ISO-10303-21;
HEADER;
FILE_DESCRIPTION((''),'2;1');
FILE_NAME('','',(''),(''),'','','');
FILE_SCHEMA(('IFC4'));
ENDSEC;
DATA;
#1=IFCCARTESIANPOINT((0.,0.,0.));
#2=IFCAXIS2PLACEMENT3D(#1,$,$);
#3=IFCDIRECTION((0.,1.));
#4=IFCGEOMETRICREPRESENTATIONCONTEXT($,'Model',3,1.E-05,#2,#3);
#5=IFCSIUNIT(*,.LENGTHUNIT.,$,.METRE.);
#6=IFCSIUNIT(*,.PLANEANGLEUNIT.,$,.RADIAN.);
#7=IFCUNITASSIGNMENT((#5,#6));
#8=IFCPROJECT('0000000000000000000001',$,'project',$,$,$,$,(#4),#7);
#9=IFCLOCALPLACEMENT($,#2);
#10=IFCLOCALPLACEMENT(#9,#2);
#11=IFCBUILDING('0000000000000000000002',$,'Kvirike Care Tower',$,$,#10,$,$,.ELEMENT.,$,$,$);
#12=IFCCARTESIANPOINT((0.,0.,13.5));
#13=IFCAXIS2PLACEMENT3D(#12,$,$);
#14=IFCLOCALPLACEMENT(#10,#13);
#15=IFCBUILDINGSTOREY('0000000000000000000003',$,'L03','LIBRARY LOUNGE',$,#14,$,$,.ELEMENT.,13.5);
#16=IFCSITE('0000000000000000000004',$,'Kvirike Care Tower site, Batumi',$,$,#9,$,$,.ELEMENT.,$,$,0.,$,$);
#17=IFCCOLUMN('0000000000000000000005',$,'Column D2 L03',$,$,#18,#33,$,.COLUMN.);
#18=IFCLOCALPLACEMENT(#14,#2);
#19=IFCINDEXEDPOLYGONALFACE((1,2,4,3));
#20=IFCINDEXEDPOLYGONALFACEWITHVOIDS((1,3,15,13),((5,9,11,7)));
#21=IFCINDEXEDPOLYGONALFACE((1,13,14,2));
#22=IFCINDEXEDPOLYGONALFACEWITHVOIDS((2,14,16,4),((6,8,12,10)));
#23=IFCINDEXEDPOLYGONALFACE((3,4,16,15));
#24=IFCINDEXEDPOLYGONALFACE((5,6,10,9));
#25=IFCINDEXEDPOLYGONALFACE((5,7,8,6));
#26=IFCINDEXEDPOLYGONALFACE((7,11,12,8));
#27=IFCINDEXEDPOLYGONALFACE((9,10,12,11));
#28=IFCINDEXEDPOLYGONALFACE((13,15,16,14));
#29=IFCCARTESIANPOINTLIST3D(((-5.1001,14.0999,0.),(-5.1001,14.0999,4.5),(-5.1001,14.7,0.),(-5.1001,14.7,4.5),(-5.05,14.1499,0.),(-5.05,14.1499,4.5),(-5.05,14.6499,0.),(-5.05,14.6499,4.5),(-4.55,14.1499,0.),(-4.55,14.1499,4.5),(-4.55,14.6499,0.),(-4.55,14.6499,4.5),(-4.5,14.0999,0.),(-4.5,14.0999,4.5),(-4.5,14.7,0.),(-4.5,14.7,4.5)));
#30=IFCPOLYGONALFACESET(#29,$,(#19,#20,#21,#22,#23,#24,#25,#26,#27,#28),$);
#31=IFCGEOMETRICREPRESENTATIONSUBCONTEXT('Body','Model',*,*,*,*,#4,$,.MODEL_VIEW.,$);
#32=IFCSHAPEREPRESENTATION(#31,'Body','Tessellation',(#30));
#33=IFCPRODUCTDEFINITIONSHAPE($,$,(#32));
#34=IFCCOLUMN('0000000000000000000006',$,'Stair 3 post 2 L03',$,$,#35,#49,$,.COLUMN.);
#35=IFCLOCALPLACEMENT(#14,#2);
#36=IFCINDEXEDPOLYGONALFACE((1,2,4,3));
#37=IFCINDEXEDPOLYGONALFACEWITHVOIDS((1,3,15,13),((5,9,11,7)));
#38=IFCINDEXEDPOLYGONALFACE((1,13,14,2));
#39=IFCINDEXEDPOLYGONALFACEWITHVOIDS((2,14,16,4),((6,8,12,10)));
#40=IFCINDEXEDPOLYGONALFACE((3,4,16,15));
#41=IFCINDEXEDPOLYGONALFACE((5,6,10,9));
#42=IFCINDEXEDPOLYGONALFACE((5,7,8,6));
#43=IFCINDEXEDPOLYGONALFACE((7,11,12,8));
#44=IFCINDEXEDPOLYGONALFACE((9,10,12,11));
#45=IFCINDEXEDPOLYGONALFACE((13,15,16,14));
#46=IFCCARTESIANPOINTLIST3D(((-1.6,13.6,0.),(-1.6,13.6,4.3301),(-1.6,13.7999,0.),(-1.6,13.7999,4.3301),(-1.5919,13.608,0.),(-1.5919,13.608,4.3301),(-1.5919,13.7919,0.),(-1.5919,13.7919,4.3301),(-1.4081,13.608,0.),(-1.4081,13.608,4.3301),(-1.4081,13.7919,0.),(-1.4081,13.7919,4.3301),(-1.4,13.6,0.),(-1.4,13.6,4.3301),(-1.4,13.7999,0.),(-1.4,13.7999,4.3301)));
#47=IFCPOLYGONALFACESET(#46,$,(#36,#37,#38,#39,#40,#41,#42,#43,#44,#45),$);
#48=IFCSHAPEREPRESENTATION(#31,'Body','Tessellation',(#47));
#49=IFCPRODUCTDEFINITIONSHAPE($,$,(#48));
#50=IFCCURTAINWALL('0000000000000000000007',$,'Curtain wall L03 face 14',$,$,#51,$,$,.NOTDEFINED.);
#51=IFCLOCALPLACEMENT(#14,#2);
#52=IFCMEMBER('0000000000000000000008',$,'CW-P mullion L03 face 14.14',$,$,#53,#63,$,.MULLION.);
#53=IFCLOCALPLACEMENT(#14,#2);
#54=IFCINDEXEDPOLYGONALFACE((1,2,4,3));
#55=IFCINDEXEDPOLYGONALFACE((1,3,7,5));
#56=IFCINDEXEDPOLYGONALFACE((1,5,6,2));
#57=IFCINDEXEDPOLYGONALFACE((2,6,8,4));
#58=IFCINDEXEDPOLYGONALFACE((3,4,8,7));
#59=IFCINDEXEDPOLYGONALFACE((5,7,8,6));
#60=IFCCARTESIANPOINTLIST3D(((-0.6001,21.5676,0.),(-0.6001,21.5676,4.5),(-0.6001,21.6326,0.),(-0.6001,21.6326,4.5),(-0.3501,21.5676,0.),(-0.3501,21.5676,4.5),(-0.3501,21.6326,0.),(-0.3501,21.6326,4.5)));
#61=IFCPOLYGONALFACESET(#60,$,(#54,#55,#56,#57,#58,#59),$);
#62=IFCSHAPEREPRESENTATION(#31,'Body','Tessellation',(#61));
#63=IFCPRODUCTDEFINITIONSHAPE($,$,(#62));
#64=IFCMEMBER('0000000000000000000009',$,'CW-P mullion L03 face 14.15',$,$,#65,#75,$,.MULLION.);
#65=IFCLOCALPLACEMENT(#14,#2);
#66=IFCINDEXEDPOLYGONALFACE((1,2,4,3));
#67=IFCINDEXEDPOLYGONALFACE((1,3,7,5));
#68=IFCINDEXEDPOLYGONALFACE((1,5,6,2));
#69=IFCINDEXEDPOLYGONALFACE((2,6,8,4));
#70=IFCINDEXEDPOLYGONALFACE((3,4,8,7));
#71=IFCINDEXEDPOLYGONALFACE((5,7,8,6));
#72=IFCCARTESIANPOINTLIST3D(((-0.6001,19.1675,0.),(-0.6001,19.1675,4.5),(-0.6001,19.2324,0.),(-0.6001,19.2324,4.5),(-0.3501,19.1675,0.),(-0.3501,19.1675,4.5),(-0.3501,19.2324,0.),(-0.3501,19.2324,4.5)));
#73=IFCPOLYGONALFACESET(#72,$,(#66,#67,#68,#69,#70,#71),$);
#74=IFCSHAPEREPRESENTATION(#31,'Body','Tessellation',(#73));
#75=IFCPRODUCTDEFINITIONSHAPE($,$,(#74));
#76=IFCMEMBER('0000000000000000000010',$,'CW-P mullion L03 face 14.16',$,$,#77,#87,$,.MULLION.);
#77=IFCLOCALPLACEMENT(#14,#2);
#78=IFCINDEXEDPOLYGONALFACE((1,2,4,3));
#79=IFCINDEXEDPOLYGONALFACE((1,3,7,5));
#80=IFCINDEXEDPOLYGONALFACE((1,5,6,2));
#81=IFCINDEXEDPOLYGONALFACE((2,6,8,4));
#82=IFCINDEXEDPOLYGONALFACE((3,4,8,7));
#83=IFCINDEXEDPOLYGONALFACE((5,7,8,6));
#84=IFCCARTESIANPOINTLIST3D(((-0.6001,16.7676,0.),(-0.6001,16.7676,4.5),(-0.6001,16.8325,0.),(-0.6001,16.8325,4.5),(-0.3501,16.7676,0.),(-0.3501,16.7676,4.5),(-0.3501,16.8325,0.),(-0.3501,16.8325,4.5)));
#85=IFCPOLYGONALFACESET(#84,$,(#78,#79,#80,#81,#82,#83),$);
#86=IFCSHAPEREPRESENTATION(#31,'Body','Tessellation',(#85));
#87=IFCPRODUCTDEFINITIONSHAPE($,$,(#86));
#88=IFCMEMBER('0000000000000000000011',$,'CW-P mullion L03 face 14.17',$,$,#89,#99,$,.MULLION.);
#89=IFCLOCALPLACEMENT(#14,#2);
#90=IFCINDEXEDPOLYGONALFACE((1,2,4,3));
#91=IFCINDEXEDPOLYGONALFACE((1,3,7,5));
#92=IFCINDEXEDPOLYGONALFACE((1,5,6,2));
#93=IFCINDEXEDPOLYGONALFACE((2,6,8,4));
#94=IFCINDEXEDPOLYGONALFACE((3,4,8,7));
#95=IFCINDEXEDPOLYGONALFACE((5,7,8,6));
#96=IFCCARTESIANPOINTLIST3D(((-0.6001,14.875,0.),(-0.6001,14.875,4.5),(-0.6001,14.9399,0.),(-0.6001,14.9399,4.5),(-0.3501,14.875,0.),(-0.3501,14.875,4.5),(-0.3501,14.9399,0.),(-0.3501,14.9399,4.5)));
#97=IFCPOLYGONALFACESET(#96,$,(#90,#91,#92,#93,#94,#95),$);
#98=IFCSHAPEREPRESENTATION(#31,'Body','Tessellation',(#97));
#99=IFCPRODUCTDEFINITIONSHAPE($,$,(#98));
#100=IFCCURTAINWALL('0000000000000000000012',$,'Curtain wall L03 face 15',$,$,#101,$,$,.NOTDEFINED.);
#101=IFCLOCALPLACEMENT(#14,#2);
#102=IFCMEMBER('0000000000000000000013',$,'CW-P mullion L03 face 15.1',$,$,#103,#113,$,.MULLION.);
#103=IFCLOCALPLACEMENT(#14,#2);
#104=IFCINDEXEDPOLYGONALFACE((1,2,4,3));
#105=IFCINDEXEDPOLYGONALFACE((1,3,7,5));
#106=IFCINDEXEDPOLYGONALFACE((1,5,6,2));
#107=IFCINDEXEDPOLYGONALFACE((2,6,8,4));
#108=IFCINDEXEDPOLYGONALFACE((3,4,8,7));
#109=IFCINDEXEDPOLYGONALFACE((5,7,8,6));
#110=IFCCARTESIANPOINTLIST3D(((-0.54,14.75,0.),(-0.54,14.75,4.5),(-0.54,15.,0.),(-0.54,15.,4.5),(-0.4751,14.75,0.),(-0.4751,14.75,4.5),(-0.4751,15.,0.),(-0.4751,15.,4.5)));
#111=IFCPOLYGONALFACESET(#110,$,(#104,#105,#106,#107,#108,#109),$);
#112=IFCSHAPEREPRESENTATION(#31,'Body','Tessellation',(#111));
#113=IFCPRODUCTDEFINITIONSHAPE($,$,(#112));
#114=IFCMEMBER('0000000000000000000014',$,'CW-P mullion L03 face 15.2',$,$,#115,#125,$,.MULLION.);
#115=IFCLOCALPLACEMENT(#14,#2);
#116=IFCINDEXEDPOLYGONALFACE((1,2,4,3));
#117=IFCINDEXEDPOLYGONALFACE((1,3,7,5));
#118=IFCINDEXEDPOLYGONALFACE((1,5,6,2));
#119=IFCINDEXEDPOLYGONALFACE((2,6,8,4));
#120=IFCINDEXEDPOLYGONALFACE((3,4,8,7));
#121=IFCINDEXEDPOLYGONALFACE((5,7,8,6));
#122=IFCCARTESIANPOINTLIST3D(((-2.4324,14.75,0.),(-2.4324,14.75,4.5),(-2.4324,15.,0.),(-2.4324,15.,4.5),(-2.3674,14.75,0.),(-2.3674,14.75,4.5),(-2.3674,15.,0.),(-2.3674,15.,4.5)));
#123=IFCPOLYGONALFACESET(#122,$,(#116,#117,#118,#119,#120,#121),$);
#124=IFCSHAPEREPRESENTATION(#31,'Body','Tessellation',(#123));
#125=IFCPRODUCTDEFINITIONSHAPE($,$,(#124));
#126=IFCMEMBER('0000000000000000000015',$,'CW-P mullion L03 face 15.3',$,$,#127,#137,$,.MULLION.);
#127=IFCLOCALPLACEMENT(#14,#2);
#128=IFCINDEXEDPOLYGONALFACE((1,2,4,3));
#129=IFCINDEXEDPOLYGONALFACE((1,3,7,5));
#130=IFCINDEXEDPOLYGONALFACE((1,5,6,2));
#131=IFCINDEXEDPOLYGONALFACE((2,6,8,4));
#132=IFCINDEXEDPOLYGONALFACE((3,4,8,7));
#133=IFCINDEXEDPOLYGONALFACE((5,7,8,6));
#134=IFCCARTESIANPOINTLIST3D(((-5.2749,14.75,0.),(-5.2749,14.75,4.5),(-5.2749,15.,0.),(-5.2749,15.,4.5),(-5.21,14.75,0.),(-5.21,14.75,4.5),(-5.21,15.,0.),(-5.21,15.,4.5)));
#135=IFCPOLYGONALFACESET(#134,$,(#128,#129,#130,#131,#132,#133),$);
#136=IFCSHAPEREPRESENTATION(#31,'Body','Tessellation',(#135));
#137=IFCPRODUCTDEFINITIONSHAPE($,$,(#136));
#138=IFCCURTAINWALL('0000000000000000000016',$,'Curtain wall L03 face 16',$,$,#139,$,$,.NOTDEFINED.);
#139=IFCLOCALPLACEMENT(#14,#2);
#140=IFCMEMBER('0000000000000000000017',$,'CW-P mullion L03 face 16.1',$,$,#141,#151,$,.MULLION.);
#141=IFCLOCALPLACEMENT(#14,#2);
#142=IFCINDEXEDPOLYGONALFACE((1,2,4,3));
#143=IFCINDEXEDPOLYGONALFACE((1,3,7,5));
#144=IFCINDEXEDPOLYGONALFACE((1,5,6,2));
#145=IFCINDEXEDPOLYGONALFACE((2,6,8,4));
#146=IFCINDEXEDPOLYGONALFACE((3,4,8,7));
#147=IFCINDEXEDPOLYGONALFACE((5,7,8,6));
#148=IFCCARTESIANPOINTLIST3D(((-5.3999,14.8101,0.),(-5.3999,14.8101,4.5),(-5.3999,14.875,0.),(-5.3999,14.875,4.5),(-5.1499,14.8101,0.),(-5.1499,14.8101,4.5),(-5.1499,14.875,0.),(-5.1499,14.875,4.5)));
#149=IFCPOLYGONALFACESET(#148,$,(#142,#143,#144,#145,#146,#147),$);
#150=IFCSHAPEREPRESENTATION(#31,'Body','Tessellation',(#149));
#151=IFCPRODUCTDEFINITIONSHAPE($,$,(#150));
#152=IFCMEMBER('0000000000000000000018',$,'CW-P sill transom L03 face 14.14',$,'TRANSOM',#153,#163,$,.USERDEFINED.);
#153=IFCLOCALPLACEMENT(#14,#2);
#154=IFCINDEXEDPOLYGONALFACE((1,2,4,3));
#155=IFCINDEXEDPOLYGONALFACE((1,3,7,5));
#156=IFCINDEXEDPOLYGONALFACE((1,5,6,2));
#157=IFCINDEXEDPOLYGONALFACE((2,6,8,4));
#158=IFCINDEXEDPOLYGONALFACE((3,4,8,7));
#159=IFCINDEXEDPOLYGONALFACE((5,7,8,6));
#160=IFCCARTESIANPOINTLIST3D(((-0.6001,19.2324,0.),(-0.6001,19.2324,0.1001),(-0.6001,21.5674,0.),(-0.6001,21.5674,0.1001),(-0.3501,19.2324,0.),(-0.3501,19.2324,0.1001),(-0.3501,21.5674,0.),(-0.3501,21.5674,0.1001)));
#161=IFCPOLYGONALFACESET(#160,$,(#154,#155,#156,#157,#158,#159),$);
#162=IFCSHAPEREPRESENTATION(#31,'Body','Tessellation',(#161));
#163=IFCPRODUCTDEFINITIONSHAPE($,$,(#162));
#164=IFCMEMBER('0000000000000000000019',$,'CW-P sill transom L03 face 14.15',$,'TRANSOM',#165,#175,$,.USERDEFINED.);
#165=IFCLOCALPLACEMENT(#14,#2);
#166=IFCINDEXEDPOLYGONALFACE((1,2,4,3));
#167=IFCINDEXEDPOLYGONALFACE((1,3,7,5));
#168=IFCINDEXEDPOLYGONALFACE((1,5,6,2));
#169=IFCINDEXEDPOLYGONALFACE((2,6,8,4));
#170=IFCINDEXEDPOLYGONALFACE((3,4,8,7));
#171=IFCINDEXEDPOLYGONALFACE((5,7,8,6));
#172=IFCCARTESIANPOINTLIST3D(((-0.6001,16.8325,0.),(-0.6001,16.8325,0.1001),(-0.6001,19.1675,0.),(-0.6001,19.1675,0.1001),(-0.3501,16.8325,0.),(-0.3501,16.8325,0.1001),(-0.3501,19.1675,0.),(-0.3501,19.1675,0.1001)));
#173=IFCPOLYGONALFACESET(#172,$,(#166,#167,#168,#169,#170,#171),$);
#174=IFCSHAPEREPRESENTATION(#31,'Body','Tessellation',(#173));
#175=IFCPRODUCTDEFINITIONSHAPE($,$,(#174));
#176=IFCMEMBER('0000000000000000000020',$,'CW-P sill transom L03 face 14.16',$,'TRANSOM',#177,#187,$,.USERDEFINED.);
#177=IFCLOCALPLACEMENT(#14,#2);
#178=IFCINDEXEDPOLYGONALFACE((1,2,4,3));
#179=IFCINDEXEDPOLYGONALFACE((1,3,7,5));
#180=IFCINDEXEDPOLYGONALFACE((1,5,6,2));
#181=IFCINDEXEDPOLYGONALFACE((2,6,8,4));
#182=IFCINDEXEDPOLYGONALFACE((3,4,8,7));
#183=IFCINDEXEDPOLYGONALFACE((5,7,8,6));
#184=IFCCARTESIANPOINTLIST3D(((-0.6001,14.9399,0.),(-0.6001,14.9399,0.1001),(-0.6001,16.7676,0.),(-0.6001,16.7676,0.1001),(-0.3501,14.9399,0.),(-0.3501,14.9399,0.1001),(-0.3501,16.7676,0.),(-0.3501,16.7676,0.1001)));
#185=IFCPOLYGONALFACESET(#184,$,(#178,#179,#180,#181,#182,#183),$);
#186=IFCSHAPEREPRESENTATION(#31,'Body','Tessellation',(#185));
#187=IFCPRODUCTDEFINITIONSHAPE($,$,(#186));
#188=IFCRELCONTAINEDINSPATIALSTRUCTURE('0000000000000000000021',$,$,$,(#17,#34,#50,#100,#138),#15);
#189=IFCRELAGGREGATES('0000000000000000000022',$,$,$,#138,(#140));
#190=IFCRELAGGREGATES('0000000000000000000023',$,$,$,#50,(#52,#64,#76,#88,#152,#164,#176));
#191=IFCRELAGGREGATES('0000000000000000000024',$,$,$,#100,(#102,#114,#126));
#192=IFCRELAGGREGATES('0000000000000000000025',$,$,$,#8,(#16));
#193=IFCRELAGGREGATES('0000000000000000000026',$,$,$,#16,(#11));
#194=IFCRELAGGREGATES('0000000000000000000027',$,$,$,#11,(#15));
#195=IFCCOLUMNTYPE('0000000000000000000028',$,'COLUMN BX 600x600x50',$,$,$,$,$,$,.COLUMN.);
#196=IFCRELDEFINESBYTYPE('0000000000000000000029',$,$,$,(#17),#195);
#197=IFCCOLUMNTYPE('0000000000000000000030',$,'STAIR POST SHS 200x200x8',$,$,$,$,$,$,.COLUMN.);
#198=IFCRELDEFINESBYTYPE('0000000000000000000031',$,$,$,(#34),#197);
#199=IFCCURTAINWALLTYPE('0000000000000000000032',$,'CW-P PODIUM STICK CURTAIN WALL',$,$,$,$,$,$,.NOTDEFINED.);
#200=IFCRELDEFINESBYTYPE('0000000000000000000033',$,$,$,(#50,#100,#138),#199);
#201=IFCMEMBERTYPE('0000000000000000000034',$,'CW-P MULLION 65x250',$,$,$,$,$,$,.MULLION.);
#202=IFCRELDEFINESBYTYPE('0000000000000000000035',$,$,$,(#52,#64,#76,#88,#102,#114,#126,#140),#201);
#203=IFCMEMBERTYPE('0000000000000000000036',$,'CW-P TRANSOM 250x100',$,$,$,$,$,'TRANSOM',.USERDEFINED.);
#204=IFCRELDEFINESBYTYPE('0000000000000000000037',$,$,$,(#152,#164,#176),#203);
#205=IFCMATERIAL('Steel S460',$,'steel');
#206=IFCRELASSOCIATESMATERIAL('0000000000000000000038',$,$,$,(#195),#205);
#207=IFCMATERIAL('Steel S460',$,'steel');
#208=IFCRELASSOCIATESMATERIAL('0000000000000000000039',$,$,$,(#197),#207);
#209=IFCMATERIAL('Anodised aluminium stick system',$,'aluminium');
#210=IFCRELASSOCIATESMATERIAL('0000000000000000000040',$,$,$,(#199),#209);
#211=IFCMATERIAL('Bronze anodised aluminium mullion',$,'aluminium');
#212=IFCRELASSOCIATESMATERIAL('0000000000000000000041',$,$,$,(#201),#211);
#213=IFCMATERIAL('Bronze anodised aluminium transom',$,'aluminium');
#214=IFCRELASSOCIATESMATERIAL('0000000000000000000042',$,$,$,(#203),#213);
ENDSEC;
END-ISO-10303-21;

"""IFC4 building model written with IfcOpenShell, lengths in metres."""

from ifc_helpers import new_model, si_unit, direction, frame, origin, origin_2d, place, context, subcontext, project, spatial, rectangle, hollow_rectangle, extrude, material, material_profile, profile_set, type_object, element, aggregate, save


model = new_model("IFC4")

# Units and contexts
model_context = context("Model", 3, precision=1e-05, world=origin(), true_north=direction((0.0, 1.0)))
body_context = subcontext(model_context, "Body", "Model", "MODEL_VIEW")
ifc_project = project(units=[si_unit("LENGTHUNIT", "METRE"), si_unit("PLANEANGLEUNIT", "RADIAN")], contexts=[model_context])

# Site, building, storey
site_placement = place(None, origin())
site = spatial("IfcSite", under=ifc_project, at=site_placement, Name="Kvirike Care Tower site, Batumi", CompositionType="ELEMENT", RefElevation=0.0)
building_placement = place(site_placement, origin())
building = spatial("IfcBuilding", under=site, at=building_placement, Name="Kvirike Care Tower", CompositionType="ELEMENT")
storey_placement = place(building_placement, frame((0.0, 0.0, 13.5)))
storey = spatial("IfcBuildingStorey", under=building, at=storey_placement, Name="L03", Description="LIBRARY LOUNGE", CompositionType="ELEMENT", Elevation=13.5)

# Columns
ifc_material_1 = material(Name="Steel S460", Category="steel")
ifc_material_profile_1 = material_profile(ifc_material_1, hollow_rectangle(XDim=0.6001, YDim=0.6001, WallThickness=0.05, at=origin_2d()), Name="BX 600x600x50")
ifc_profile_set_1 = profile_set([ifc_material_profile_1], Name="Steel S460")
column_type_1 = type_object("IfcColumnType", Name="COLUMN BX 600x600x50", PredefinedType="COLUMN", material=ifc_profile_set_1)
column_1_placement = place(storey_placement, frame((-4.8, 14.3999, 0.0), z_axis=(0.0, 0.0, 1.0), x_axis=(0.0, 1.0, 0.0)))
element("IfcColumn", 1, at=column_1_placement, inside=storey, type_object=column_type_1, Name="Column D2 L03", PredefinedType="COLUMN", context=body_context, shape_type="SweptSolid", body=[
    extrude(hollow_rectangle(XDim=0.6001, YDim=0.6001, WallThickness=0.05, at=origin_2d()), origin(), (0.0, 0.0, 1.0), 4.5),
])
ifc_material_2 = material(Name="Steel S460", Category="steel")
ifc_material_profile_2 = material_profile(ifc_material_2, hollow_rectangle(XDim=0.2, YDim=0.2, WallThickness=0.0081, at=origin_2d()), Name="SHS 200x200x8")
ifc_profile_set_2 = profile_set([ifc_material_profile_2], Name="Steel S460")
column_type_2 = type_object("IfcColumnType", Name="STAIR POST SHS 200x200x8", PredefinedType="COLUMN", material=ifc_profile_set_2)
column_2_placement = place(storey_placement, frame((-1.5, 13.7, 0.0), z_axis=(0.0, 0.0, 1.0), x_axis=(1.0, 0.0, 0.0)))
element("IfcColumn", 2, at=column_2_placement, inside=storey, type_object=column_type_2, Name="Stair 3 post 2 L03", PredefinedType="COLUMN", context=body_context, shape_type="SweptSolid", body=[
    extrude(hollow_rectangle(XDim=0.2, YDim=0.2, WallThickness=0.0081, at=origin_2d()), origin(), (0.0, 0.0, 1.0), 4.3301),
])

# Curtain walls, members
ifc_material_3 = material(Name="Anodised aluminium stick system", Category="aluminium")
curtain_wall_type = type_object("IfcCurtainWallType", Name="CW-P PODIUM STICK CURTAIN WALL", PredefinedType="NOTDEFINED", material=ifc_material_3)
curtain_wall_1_placement = place(storey_placement, origin())
curtain_wall_1 = element("IfcCurtainWall", 3, at=curtain_wall_1_placement, inside=storey, type_object=curtain_wall_type, Name="Curtain wall L03 face 14", PredefinedType="NOTDEFINED")
ifc_material_4 = material(Name="Bronze anodised aluminium mullion", Category="aluminium")
ifc_material_profile_3 = material_profile(ifc_material_4, rectangle(XDim=0.0649, YDim=0.25, at=origin_2d()), Name="CW-P MULLION 65x250")
ifc_profile_set_3 = profile_set([ifc_material_profile_3], Name="Bronze anodised aluminium mullion")
member_type_1 = type_object("IfcMemberType", Name="CW-P MULLION 65x250", PredefinedType="MULLION", material=ifc_profile_set_3)
member_1_placement = place(storey_placement, frame((-0.4751, 21.6001, 0.0), z_axis=(0.0, 0.0, 1.0), x_axis=(0.0, -1.0, 0.0)))
member_1 = element("IfcMember", 4, at=member_1_placement, type_object=member_type_1, Name="CW-P mullion L03 face 14.14", PredefinedType="MULLION", context=body_context, shape_type="SweptSolid", body=[
    extrude(rectangle(XDim=0.0649, YDim=0.25, at=origin_2d()), origin(), (0.0, 0.0, 1.0), 4.5),
])
member_2_placement = place(storey_placement, frame((-0.4751, 19.2, 0.0), z_axis=(0.0, 0.0, 1.0), x_axis=(0.0, -1.0, 0.0)))
member_2 = element("IfcMember", 5, at=member_2_placement, type_object=member_type_1, Name="CW-P mullion L03 face 14.15", PredefinedType="MULLION", context=body_context, shape_type="SweptSolid", body=[
    extrude(rectangle(XDim=0.0649, YDim=0.25, at=origin_2d()), origin(), (0.0, 0.0, 1.0), 4.5),
])
member_3_placement = place(storey_placement, frame((-0.4751, 16.8, 0.0), z_axis=(0.0, 0.0, 1.0), x_axis=(0.0, -1.0, 0.0)))
member_3 = element("IfcMember", 6, at=member_3_placement, type_object=member_type_1, Name="CW-P mullion L03 face 14.16", PredefinedType="MULLION", context=body_context, shape_type="SweptSolid", body=[
    extrude(rectangle(XDim=0.0649, YDim=0.25, at=origin_2d()), origin(), (0.0, 0.0, 1.0), 4.5),
])
member_4_placement = place(storey_placement, frame((-0.4751, 14.9075, 0.0), z_axis=(0.0, 0.0, 1.0), x_axis=(0.0, -1.0, 0.0)))
member_4 = element("IfcMember", 7, at=member_4_placement, type_object=member_type_1, Name="CW-P mullion L03 face 14.17", PredefinedType="MULLION", context=body_context, shape_type="SweptSolid", body=[
    extrude(rectangle(XDim=0.0649, YDim=0.25, at=origin_2d()), origin(), (0.0, 0.0, 1.0), 4.5),
])
curtain_wall_2_placement = place(storey_placement, origin())
curtain_wall_2 = element("IfcCurtainWall", 8, at=curtain_wall_2_placement, inside=storey, type_object=curtain_wall_type, Name="Curtain wall L03 face 15", PredefinedType="NOTDEFINED")
member_5_placement = place(storey_placement, frame((-0.5076, 14.875, 0.0), z_axis=(0.0, 0.0, 1.0), x_axis=(-1.0, 0.0, 0.0)))
member_5 = element("IfcMember", 9, at=member_5_placement, type_object=member_type_1, Name="CW-P mullion L03 face 15.1", PredefinedType="MULLION", context=body_context, shape_type="SweptSolid", body=[
    extrude(rectangle(XDim=0.0649, YDim=0.25, at=origin_2d()), origin(), (0.0, 0.0, 1.0), 4.5),
])
member_6_placement = place(storey_placement, frame((-2.3999, 14.875, 0.0), z_axis=(0.0, 0.0, 1.0), x_axis=(-1.0, 0.0, 0.0)))
member_6 = element("IfcMember", 10, at=member_6_placement, type_object=member_type_1, Name="CW-P mullion L03 face 15.2", PredefinedType="MULLION", context=body_context, shape_type="SweptSolid", body=[
    extrude(rectangle(XDim=0.0649, YDim=0.25, at=origin_2d()), origin(), (0.0, 0.0, 1.0), 4.5),
])
member_7_placement = place(storey_placement, frame((-5.2424, 14.875, 0.0), z_axis=(0.0, 0.0, 1.0), x_axis=(-1.0, 0.0, 0.0)))
member_7 = element("IfcMember", 11, at=member_7_placement, type_object=member_type_1, Name="CW-P mullion L03 face 15.3", PredefinedType="MULLION", context=body_context, shape_type="SweptSolid", body=[
    extrude(rectangle(XDim=0.0649, YDim=0.25, at=origin_2d()), origin(), (0.0, 0.0, 1.0), 4.5),
])

# Curtain wall, member
curtain_wall_3_placement = place(storey_placement, origin())
curtain_wall_3 = element("IfcCurtainWall", 12, at=curtain_wall_3_placement, inside=storey, type_object=curtain_wall_type, Name="Curtain wall L03 face 16", PredefinedType="NOTDEFINED")
member_8_placement = place(storey_placement, frame((-5.2749, 14.8425, 0.0), z_axis=(0.0, 0.0, 1.0), x_axis=(0.0, -1.0, 0.0)))
member_8 = element("IfcMember", 13, at=member_8_placement, type_object=member_type_1, Name="CW-P mullion L03 face 16.1", PredefinedType="MULLION", context=body_context, shape_type="SweptSolid", body=[
    extrude(rectangle(XDim=0.0649, YDim=0.25, at=origin_2d()), origin(), (0.0, 0.0, 1.0), 4.5),
])

# Members
ifc_material_5 = material(Name="Bronze anodised aluminium transom", Category="aluminium")
ifc_material_profile_4 = material_profile(ifc_material_5, rectangle(XDim=0.25, YDim=0.1001, at=origin_2d()), Name="CW-P TRANSOM 250x100")
ifc_profile_set_4 = profile_set([ifc_material_profile_4], Name="Bronze anodised aluminium transom")
member_type_2 = type_object("IfcMemberType", Name="CW-P TRANSOM 250x100", ElementType="TRANSOM", PredefinedType="USERDEFINED", material=ifc_profile_set_4)
member_9_placement = place(storey_placement, frame((-0.4751, 21.5674, 0.05), z_axis=(0.0, -1.0, 0.0), x_axis=(1.0, 0.0, 0.0)))
member_9 = element("IfcMember", 14, at=member_9_placement, type_object=member_type_2, Name="CW-P sill transom L03 face 14.14", ObjectType="TRANSOM", PredefinedType="USERDEFINED", context=body_context, shape_type="SweptSolid", body=[
    extrude(rectangle(XDim=0.25, YDim=0.1001, at=origin_2d()), origin(), (0.0, 0.0, 1.0), 2.335),
])
member_10_placement = place(storey_placement, frame((-0.4751, 19.1675, 0.05), z_axis=(0.0, -1.0, 0.0), x_axis=(1.0, 0.0, 0.0)))
member_10 = element("IfcMember", 15, at=member_10_placement, type_object=member_type_2, Name="CW-P sill transom L03 face 14.15", ObjectType="TRANSOM", PredefinedType="USERDEFINED", context=body_context, shape_type="SweptSolid", body=[
    extrude(rectangle(XDim=0.25, YDim=0.1001, at=origin_2d()), origin(), (0.0, 0.0, 1.0), 2.335),
])
member_11_placement = place(storey_placement, frame((-0.4751, 16.7676, 0.05), z_axis=(0.0, -1.0, 0.0), x_axis=(1.0, 0.0, 0.0)))
member_11 = element("IfcMember", 16, at=member_11_placement, type_object=member_type_2, Name="CW-P sill transom L03 face 14.16", ObjectType="TRANSOM", PredefinedType="USERDEFINED", context=body_context, shape_type="SweptSolid", body=[
    extrude(rectangle(XDim=0.25, YDim=0.1001, at=origin_2d()), origin(), (0.0, 0.0, 1.0), 1.8276),
])
aggregate(curtain_wall_3, [member_8])

aggregate(curtain_wall_1, [member_1, member_2, member_3, member_4, member_9, member_10, member_11])
aggregate(curtain_wall_2, [member_5, member_6, member_7])

save(model, "model.ifc")
